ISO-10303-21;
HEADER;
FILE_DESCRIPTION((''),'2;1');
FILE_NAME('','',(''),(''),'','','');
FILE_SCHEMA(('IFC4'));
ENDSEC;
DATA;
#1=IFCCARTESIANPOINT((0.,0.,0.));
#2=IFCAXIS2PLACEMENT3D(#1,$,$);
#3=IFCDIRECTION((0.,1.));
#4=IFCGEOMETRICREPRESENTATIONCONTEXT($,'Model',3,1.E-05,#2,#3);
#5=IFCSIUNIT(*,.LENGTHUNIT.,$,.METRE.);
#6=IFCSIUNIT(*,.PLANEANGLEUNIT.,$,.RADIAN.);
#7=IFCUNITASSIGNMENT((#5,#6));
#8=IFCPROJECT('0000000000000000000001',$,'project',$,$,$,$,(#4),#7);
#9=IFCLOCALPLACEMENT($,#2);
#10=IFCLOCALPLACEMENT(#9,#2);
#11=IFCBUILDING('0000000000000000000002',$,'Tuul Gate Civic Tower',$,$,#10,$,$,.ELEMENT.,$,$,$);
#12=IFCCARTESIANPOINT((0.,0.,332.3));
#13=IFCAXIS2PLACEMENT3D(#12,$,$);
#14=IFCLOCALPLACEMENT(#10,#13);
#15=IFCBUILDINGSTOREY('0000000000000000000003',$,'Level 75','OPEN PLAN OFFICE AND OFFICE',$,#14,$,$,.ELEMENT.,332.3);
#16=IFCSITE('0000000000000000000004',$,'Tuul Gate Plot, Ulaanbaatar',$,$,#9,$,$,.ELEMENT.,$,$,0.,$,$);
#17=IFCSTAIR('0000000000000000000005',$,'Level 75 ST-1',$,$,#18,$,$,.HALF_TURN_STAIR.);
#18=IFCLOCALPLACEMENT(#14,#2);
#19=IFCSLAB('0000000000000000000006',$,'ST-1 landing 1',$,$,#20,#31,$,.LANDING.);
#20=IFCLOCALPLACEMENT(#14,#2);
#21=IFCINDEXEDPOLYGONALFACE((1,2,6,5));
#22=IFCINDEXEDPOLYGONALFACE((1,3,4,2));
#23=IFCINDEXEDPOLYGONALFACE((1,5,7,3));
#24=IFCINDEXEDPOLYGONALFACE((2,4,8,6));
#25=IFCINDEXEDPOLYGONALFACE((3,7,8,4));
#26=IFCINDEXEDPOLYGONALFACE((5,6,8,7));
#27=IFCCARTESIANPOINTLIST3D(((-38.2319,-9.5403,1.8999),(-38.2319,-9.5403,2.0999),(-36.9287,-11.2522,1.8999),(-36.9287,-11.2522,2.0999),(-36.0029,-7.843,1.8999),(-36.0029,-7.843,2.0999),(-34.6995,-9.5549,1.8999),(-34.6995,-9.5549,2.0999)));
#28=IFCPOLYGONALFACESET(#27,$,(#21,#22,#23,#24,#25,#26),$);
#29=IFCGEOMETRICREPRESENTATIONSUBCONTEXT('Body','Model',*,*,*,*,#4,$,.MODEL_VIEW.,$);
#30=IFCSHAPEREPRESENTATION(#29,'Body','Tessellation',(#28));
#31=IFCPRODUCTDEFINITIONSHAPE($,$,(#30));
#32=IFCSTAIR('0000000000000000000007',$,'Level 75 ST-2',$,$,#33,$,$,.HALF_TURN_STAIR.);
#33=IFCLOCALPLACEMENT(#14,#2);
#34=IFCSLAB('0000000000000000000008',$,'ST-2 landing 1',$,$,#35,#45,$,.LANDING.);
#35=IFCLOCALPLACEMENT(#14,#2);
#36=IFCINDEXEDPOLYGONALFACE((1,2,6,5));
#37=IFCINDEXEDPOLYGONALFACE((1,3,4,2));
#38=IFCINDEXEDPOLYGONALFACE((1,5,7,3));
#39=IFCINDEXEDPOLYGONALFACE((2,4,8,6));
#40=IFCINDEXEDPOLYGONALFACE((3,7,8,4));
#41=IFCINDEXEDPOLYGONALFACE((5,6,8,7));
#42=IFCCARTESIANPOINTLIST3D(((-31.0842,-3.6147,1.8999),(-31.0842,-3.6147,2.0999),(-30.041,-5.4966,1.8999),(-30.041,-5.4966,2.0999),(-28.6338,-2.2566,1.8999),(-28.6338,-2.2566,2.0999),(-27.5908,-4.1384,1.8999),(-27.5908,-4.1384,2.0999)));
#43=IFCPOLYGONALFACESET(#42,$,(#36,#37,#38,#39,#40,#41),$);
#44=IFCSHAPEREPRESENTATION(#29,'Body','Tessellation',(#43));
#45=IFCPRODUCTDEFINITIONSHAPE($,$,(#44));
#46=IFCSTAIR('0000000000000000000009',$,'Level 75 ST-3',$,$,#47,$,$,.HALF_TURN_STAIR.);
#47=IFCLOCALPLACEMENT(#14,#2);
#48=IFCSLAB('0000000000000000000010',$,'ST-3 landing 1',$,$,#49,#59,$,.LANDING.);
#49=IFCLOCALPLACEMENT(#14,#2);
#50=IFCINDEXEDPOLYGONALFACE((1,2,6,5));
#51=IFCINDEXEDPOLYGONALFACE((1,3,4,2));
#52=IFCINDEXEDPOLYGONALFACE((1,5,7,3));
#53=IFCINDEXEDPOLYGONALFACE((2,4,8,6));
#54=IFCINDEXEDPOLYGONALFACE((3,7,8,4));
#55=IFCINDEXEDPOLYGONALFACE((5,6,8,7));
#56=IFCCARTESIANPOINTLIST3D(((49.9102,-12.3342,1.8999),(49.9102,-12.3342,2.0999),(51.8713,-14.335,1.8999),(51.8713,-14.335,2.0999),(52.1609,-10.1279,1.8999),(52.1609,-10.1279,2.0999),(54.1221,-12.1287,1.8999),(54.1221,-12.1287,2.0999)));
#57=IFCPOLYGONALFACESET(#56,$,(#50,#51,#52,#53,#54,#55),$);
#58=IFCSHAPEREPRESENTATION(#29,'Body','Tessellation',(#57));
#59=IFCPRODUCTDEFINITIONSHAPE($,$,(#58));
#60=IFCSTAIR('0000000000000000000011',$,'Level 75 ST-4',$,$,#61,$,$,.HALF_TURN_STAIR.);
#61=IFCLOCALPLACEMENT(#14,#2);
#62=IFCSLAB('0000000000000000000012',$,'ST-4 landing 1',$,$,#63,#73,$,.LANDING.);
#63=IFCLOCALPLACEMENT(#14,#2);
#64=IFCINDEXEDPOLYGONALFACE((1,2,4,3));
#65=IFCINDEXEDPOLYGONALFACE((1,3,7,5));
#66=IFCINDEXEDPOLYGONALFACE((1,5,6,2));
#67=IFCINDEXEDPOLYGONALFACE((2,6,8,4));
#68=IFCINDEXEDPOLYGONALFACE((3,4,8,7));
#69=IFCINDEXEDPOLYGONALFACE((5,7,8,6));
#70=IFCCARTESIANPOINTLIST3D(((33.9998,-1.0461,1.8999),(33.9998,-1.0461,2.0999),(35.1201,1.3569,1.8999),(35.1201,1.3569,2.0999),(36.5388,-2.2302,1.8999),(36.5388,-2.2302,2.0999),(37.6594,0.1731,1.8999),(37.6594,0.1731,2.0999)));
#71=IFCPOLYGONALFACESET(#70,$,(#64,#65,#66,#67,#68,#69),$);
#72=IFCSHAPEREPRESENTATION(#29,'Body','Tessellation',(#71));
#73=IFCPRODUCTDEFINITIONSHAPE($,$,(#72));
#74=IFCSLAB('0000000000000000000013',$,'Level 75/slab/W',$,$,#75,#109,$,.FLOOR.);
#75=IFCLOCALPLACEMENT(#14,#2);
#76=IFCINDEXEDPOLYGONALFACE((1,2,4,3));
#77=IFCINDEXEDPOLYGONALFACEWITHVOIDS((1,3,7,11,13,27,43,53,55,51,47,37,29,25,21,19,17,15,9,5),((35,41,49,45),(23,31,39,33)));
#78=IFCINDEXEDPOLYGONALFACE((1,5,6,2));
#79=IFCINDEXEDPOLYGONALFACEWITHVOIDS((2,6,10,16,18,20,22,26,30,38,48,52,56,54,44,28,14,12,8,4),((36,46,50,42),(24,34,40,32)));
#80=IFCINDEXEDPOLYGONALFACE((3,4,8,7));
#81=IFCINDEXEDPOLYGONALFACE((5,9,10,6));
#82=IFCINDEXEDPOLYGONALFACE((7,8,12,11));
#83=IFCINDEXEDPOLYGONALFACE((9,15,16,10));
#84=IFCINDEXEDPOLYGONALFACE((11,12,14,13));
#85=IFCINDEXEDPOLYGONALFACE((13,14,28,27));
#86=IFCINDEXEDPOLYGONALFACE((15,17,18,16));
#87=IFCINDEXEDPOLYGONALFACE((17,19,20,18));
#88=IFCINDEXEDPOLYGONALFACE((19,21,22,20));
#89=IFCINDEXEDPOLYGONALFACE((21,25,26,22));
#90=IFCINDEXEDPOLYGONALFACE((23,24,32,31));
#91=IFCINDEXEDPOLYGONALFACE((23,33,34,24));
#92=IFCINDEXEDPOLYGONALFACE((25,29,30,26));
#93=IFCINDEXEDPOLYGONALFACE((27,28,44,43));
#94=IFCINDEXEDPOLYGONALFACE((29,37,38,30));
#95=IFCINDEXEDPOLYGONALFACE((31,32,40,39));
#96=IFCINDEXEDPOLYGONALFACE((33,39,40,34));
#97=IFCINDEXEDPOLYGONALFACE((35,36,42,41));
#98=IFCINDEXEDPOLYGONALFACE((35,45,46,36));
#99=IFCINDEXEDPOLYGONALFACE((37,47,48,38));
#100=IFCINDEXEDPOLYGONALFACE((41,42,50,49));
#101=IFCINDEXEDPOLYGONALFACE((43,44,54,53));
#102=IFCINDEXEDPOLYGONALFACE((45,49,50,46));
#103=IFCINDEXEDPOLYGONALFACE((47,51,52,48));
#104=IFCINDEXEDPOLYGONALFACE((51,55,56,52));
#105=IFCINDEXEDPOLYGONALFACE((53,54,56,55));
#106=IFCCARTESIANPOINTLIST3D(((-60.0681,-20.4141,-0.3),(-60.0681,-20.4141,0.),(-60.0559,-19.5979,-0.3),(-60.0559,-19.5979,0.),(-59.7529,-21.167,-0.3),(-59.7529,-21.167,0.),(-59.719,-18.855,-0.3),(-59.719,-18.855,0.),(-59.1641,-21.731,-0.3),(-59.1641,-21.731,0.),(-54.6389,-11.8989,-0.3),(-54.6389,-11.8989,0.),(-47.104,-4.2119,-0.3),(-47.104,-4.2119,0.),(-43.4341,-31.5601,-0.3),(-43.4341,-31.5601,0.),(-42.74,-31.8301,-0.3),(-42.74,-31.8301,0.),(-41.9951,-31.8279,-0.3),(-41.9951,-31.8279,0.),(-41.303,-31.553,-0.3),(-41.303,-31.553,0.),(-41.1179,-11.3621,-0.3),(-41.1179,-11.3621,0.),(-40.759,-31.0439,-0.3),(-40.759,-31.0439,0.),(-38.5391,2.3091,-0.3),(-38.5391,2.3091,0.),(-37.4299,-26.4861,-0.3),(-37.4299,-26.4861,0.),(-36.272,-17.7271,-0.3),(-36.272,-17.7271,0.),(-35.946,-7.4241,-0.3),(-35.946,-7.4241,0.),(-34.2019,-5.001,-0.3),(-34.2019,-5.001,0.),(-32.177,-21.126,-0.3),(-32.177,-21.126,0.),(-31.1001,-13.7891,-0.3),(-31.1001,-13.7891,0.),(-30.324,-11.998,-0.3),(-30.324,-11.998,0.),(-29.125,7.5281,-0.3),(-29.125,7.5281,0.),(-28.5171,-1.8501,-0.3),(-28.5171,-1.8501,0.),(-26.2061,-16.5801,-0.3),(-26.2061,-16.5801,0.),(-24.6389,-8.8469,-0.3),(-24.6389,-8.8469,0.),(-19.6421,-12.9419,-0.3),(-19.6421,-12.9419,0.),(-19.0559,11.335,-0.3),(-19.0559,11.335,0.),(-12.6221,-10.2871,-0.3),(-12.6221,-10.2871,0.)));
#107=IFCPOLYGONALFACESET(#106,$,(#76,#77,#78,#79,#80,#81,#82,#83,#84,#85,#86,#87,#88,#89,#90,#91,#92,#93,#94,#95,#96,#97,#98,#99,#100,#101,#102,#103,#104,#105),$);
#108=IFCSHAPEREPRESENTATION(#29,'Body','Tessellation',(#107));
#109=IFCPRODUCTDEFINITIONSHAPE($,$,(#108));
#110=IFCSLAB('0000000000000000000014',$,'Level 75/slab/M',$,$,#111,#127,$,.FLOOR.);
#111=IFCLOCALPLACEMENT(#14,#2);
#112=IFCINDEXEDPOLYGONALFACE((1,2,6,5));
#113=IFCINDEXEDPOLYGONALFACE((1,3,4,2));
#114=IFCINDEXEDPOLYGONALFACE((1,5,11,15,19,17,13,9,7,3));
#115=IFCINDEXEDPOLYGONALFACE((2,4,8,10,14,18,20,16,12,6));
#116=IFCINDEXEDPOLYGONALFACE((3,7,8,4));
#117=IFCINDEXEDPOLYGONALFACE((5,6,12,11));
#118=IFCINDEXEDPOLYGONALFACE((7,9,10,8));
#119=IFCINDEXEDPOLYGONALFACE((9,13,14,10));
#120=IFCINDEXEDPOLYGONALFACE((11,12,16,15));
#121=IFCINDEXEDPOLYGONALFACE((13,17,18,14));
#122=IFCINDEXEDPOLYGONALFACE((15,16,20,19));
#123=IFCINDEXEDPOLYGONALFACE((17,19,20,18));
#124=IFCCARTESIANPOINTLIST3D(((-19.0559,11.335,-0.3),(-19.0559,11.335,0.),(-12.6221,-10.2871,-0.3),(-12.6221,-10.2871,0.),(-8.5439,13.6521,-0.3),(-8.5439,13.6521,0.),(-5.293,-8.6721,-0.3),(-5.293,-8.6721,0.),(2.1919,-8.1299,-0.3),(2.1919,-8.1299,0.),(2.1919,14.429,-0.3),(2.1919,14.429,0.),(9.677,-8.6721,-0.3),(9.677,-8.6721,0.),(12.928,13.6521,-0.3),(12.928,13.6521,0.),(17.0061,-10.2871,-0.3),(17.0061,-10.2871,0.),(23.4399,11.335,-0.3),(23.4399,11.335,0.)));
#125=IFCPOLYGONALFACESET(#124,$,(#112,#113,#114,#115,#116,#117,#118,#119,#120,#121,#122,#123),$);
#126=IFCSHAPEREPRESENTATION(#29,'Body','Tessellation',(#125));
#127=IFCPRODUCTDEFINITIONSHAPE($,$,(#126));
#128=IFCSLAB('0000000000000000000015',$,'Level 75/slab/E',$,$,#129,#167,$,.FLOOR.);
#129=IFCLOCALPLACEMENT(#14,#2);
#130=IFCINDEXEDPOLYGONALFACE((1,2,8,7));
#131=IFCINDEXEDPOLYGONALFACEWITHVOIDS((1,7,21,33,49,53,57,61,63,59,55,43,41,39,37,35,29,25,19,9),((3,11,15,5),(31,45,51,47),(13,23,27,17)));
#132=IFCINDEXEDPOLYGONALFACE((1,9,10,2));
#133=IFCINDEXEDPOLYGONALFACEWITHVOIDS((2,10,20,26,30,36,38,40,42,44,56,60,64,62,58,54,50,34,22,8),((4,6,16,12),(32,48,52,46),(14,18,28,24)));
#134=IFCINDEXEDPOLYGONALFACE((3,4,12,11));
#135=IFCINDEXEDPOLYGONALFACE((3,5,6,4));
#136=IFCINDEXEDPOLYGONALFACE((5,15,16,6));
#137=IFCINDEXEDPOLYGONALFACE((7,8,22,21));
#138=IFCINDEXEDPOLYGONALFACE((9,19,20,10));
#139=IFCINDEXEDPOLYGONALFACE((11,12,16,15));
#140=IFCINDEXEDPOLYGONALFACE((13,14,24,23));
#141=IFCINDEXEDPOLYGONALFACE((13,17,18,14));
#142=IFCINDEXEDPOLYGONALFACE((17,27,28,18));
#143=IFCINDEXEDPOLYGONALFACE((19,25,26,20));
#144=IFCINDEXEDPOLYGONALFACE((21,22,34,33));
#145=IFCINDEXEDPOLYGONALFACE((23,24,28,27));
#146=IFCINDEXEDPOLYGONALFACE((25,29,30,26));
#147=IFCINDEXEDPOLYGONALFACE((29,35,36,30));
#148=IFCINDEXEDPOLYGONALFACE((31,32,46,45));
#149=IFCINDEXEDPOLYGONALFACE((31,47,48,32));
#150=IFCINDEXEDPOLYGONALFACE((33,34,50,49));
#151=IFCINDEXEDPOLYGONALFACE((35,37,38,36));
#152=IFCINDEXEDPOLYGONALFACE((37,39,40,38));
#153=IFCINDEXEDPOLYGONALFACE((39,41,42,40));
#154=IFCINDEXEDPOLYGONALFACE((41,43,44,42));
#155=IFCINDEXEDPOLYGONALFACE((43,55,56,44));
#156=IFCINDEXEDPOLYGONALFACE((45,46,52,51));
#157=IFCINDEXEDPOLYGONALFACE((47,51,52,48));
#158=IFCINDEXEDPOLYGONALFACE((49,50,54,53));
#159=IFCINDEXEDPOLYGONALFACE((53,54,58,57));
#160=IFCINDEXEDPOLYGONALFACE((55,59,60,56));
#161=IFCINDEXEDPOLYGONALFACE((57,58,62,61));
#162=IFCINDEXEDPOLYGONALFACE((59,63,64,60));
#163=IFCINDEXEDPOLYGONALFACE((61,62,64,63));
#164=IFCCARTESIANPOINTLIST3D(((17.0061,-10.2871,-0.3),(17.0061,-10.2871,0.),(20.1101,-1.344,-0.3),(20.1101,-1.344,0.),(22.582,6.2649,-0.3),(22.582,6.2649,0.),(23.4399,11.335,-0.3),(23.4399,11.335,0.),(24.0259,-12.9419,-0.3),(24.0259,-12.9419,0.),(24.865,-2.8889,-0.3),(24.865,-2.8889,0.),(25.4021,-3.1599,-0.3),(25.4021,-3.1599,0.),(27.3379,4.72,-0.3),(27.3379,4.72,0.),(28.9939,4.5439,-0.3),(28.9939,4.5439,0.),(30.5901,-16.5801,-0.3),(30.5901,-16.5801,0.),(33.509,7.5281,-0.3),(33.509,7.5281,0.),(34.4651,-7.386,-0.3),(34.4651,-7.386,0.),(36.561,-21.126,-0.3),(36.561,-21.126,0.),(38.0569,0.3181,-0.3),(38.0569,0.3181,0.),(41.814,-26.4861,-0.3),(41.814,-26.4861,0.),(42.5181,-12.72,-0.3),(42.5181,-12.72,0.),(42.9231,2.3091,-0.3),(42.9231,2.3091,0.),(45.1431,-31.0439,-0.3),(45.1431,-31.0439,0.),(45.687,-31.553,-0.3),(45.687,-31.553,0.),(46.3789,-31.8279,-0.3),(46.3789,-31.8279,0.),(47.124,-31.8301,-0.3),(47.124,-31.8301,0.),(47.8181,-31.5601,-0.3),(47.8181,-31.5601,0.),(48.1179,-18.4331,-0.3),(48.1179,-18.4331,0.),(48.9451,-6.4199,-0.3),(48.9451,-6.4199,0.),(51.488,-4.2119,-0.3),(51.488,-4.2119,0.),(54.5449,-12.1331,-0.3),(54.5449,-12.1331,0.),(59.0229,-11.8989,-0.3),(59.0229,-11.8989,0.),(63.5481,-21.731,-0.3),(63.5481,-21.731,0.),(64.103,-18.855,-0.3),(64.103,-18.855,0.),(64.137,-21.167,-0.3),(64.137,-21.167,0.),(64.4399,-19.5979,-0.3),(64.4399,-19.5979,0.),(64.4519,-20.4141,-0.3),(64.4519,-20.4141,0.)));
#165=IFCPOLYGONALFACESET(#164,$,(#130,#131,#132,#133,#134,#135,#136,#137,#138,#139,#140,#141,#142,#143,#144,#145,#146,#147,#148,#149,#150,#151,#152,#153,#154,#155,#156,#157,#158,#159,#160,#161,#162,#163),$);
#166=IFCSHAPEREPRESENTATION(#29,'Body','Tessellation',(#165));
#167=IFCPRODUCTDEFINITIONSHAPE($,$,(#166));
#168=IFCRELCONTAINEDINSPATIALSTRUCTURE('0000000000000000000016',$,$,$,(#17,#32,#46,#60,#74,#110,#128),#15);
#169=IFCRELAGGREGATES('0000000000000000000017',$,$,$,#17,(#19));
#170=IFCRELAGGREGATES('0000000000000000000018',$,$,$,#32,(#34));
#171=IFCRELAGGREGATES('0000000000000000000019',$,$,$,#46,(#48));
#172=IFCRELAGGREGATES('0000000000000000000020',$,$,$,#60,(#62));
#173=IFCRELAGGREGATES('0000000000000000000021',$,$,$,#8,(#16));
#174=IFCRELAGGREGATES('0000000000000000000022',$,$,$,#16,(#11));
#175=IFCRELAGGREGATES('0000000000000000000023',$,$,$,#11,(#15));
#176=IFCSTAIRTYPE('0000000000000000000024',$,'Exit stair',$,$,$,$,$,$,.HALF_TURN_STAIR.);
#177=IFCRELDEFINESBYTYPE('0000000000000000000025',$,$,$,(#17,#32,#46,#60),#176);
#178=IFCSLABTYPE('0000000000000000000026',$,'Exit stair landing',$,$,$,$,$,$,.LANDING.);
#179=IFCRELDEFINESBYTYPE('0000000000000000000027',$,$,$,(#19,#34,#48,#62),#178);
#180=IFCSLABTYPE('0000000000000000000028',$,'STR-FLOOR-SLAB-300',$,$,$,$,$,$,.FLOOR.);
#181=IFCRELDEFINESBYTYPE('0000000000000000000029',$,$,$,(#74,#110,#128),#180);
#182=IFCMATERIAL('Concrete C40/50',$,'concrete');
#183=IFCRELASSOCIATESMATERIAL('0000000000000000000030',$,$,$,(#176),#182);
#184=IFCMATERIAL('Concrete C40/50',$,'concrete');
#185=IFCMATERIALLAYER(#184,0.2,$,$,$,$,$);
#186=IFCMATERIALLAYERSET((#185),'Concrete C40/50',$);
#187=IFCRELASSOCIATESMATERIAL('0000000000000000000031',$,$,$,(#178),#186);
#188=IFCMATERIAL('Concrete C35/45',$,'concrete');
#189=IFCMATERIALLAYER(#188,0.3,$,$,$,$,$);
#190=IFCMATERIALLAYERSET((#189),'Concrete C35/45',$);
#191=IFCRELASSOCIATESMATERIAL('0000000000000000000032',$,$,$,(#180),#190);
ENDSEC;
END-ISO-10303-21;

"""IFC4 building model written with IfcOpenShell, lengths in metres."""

from ifc_helpers import new_model, si_unit, direction, frame, origin, place, context, subcontext, project, spatial, polyline, outline, extrude, material, layer, layer_set, type_object, element, aggregate, save


model = new_model("IFC4")

# Units and contexts
model_context = context("Model", 3, precision=1e-05, world=origin(), true_north=direction((0.0, 1.0)))
body_context = subcontext(model_context, "Body", "Model", "MODEL_VIEW")
ifc_project = project(units=[si_unit("LENGTHUNIT", "METRE"), si_unit("PLANEANGLEUNIT", "RADIAN")], contexts=[model_context])

# Site, building, storey
site_placement = place(None, origin())
site = spatial("IfcSite", under=ifc_project, at=site_placement, Name="Tuul Gate Plot, Ulaanbaatar", CompositionType="ELEMENT", RefElevation=0.0)
building_placement = place(site_placement, origin())
building = spatial("IfcBuilding", under=site, at=building_placement, Name="Tuul Gate Civic Tower", CompositionType="ELEMENT")
storey_placement = place(building_placement, frame((0.0, 0.0, 332.3)))
storey = spatial("IfcBuildingStorey", under=building, at=storey_placement, Name="Level 75", Description="OPEN PLAN OFFICE AND OFFICE", CompositionType="ELEMENT", Elevation=332.3)

# Stairs, slabs
ifc_material_1 = material(Name="Concrete C40/50", Category="concrete")
stair_type = type_object("IfcStairType", Name="Exit stair", PredefinedType="HALF_TURN_STAIR", material=ifc_material_1)
stair_1_placement = place(storey_placement, origin())
stair_1 = element("IfcStair", 1, at=stair_1_placement, inside=storey, type_object=stair_type, Name="Level 75 ST-1", PredefinedType="HALF_TURN_STAIR")
ifc_material_2 = material(Name="Concrete C40/50", Category="concrete")
ifc_layer_1 = layer(ifc_material_2, 0.2)
ifc_layer_set_1 = layer_set([ifc_layer_1], Name="Concrete C40/50")
slab_type_1 = type_object("IfcSlabType", Name="Exit stair landing", PredefinedType="LANDING", material=ifc_layer_set_1)
slab_1_placement = place(storey_placement, frame((0.0, 0.0, 1.8999)))
slab_1 = element("IfcSlab", 2, at=slab_1_placement, type_object=slab_type_1, Name="ST-1 landing 1", PredefinedType="LANDING", context=body_context, shape_type="SweptSolid", body=[
    extrude(outline(polyline([(-34.6995, -9.5549), (-36.9287, -11.2522), (-38.2319, -9.5403), (-36.0029, -7.843), (-34.6995, -9.5549)])), origin(), (0.0, 0.0, 1.0), 0.2),
])
aggregate(stair_1, [slab_1])
stair_2_placement = place(storey_placement, origin())
stair_2 = element("IfcStair", 3, at=stair_2_placement, inside=storey, type_object=stair_type, Name="Level 75 ST-2", PredefinedType="HALF_TURN_STAIR")
slab_2_placement = place(storey_placement, frame((0.0, 0.0, 1.8999)))
slab_2 = element("IfcSlab", 4, at=slab_2_placement, type_object=slab_type_1, Name="ST-2 landing 1", PredefinedType="LANDING", context=body_context, shape_type="SweptSolid", body=[
    extrude(outline(polyline([(-27.5908, -4.1384), (-30.041, -5.4966), (-31.0842, -3.6147), (-28.6338, -2.2566), (-27.5908, -4.1384)])), origin(), (0.0, 0.0, 1.0), 0.2),
])
aggregate(stair_2, [slab_2])
stair_3_placement = place(storey_placement, origin())
stair_3 = element("IfcStair", 5, at=stair_3_placement, inside=storey, type_object=stair_type, Name="Level 75 ST-3", PredefinedType="HALF_TURN_STAIR")
slab_3_placement = place(storey_placement, frame((0.0, 0.0, 1.8999)))
slab_3 = element("IfcSlab", 6, at=slab_3_placement, type_object=slab_type_1, Name="ST-3 landing 1", PredefinedType="LANDING", context=body_context, shape_type="SweptSolid", body=[
    extrude(outline(polyline([(51.8713, -14.335), (49.9102, -12.3342), (52.1609, -10.1279), (54.1221, -12.1287), (51.8713, -14.335)])), origin(), (0.0, 0.0, 1.0), 0.2),
])
aggregate(stair_3, [slab_3])
stair_4_placement = place(storey_placement, origin())
stair_4 = element("IfcStair", 7, at=stair_4_placement, inside=storey, type_object=stair_type, Name="Level 75 ST-4", PredefinedType="HALF_TURN_STAIR")
slab_4_placement = place(storey_placement, frame((0.0, 0.0, 1.8999)))
slab_4 = element("IfcSlab", 8, at=slab_4_placement, type_object=slab_type_1, Name="ST-4 landing 1", PredefinedType="LANDING", context=body_context, shape_type="SweptSolid", body=[
    extrude(outline(polyline([(36.5388, -2.2302), (33.9998, -1.0461), (35.1201, 1.3569), (37.6594, 0.1731), (36.5388, -2.2302)])), origin(), (0.0, 0.0, 1.0), 0.2),
])
aggregate(stair_4, [slab_4])

# Slabs
ifc_material_3 = material(Name="Concrete C35/45", Category="concrete")
ifc_layer_2 = layer(ifc_material_3, 0.3)
ifc_layer_set_2 = layer_set([ifc_layer_2], Name="Concrete C35/45")
slab_type_2 = type_object("IfcSlabType", Name="STR-FLOOR-SLAB-300", PredefinedType="FLOOR", material=ifc_layer_set_2)
slab_5_placement = place(storey_placement, frame((0.0, 0.0, -0.3)))
element("IfcSlab", 9, at=slab_5_placement, inside=storey, type_object=slab_type_2, Name="Level 75/slab/W", PredefinedType="FLOOR", context=body_context, shape_type="SweptSolid", body=[
    extrude(outline(polyline([(-19.6421, -12.9419), (-12.6221, -10.2871), (-19.0559, 11.335), (-29.125, 7.5281), (-38.5391, 2.3091), (-47.104, -4.2119), (-54.6389, -11.8989), (-59.719, -18.855), (-60.0559, -19.5979), (-60.0681, -20.4141), (-59.7529, -21.167), (-59.1641, -21.731), (-43.4341, -31.5601), (-42.74, -31.8301), (-41.9951, -31.8279), (-41.303, -31.553), (-40.759, -31.0439), (-37.4299, -26.4861), (-32.177, -21.126), (-26.2061, -16.5801), (-19.6421, -12.9419)]), holes=[polyline([(-31.1001, -13.7891), (-36.272, -17.7271), (-41.1179, -11.3621), (-35.946, -7.4241), (-31.1001, -13.7891)]), polyline([(-24.6389, -8.8469), (-30.324, -11.998), (-34.2019, -5.001), (-28.5171, -1.8501), (-24.6389, -8.8469)])]), origin(), (0.0, 0.0, 1.0), 0.3),
])
slab_6_placement = place(storey_placement, frame((0.0, 0.0, -0.3)))
element("IfcSlab", 10, at=slab_6_placement, inside=storey, type_object=slab_type_2, Name="Level 75/slab/M", PredefinedType="FLOOR", context=body_context, shape_type="SweptSolid", body=[
    extrude(outline(polyline([(17.0061, -10.2871), (23.4399, 11.335), (12.928, 13.6521), (2.1919, 14.429), (-8.5439, 13.6521), (-19.0559, 11.335), (-12.6221, -10.2871), (-5.293, -8.6721), (2.1919, -8.1299), (9.677, -8.6721), (17.0061, -10.2871)])), origin(), (0.0, 0.0, 1.0), 0.3),
])
slab_7_placement = place(storey_placement, frame((0.0, 0.0, -0.3)))
element("IfcSlab", 11, at=slab_7_placement, inside=storey, type_object=slab_type_2, Name="Level 75/slab/E", PredefinedType="FLOOR", context=body_context, shape_type="SweptSolid", body=[
    extrude(outline(polyline([(47.124, -31.8301), (47.8181, -31.5601), (63.5481, -21.731), (64.137, -21.167), (64.4519, -20.4141), (64.4399, -19.5979), (64.103, -18.855), (59.0229, -11.8989), (51.488, -4.2119), (42.9231, 2.3091), (33.509, 7.5281), (23.4399, 11.335), (17.0061, -10.2871), (24.0259, -12.9419), (30.5901, -16.5801), (36.561, -21.126), (41.814, -26.4861), (45.1431, -31.0439), (45.687, -31.553), (46.3789, -31.8279), (47.124, -31.8301)]), holes=[polyline([(48.1179, -18.4331), (42.5181, -12.72), (48.9451, -6.4199), (54.5449, -12.1331), (48.1179, -18.4331)]), polyline([(25.4021, -3.1599), (28.9939, 4.5439), (38.0569, 0.3181), (34.4651, -7.386), (25.4021, -3.1599)]), polyline([(20.1101, -1.344), (22.582, 6.2649), (27.3379, 4.72), (24.865, -2.8889), (20.1101, -1.344)])]), origin(), (0.0, 0.0, 1.0), 0.3),
])

save(model, "model.ifc")
